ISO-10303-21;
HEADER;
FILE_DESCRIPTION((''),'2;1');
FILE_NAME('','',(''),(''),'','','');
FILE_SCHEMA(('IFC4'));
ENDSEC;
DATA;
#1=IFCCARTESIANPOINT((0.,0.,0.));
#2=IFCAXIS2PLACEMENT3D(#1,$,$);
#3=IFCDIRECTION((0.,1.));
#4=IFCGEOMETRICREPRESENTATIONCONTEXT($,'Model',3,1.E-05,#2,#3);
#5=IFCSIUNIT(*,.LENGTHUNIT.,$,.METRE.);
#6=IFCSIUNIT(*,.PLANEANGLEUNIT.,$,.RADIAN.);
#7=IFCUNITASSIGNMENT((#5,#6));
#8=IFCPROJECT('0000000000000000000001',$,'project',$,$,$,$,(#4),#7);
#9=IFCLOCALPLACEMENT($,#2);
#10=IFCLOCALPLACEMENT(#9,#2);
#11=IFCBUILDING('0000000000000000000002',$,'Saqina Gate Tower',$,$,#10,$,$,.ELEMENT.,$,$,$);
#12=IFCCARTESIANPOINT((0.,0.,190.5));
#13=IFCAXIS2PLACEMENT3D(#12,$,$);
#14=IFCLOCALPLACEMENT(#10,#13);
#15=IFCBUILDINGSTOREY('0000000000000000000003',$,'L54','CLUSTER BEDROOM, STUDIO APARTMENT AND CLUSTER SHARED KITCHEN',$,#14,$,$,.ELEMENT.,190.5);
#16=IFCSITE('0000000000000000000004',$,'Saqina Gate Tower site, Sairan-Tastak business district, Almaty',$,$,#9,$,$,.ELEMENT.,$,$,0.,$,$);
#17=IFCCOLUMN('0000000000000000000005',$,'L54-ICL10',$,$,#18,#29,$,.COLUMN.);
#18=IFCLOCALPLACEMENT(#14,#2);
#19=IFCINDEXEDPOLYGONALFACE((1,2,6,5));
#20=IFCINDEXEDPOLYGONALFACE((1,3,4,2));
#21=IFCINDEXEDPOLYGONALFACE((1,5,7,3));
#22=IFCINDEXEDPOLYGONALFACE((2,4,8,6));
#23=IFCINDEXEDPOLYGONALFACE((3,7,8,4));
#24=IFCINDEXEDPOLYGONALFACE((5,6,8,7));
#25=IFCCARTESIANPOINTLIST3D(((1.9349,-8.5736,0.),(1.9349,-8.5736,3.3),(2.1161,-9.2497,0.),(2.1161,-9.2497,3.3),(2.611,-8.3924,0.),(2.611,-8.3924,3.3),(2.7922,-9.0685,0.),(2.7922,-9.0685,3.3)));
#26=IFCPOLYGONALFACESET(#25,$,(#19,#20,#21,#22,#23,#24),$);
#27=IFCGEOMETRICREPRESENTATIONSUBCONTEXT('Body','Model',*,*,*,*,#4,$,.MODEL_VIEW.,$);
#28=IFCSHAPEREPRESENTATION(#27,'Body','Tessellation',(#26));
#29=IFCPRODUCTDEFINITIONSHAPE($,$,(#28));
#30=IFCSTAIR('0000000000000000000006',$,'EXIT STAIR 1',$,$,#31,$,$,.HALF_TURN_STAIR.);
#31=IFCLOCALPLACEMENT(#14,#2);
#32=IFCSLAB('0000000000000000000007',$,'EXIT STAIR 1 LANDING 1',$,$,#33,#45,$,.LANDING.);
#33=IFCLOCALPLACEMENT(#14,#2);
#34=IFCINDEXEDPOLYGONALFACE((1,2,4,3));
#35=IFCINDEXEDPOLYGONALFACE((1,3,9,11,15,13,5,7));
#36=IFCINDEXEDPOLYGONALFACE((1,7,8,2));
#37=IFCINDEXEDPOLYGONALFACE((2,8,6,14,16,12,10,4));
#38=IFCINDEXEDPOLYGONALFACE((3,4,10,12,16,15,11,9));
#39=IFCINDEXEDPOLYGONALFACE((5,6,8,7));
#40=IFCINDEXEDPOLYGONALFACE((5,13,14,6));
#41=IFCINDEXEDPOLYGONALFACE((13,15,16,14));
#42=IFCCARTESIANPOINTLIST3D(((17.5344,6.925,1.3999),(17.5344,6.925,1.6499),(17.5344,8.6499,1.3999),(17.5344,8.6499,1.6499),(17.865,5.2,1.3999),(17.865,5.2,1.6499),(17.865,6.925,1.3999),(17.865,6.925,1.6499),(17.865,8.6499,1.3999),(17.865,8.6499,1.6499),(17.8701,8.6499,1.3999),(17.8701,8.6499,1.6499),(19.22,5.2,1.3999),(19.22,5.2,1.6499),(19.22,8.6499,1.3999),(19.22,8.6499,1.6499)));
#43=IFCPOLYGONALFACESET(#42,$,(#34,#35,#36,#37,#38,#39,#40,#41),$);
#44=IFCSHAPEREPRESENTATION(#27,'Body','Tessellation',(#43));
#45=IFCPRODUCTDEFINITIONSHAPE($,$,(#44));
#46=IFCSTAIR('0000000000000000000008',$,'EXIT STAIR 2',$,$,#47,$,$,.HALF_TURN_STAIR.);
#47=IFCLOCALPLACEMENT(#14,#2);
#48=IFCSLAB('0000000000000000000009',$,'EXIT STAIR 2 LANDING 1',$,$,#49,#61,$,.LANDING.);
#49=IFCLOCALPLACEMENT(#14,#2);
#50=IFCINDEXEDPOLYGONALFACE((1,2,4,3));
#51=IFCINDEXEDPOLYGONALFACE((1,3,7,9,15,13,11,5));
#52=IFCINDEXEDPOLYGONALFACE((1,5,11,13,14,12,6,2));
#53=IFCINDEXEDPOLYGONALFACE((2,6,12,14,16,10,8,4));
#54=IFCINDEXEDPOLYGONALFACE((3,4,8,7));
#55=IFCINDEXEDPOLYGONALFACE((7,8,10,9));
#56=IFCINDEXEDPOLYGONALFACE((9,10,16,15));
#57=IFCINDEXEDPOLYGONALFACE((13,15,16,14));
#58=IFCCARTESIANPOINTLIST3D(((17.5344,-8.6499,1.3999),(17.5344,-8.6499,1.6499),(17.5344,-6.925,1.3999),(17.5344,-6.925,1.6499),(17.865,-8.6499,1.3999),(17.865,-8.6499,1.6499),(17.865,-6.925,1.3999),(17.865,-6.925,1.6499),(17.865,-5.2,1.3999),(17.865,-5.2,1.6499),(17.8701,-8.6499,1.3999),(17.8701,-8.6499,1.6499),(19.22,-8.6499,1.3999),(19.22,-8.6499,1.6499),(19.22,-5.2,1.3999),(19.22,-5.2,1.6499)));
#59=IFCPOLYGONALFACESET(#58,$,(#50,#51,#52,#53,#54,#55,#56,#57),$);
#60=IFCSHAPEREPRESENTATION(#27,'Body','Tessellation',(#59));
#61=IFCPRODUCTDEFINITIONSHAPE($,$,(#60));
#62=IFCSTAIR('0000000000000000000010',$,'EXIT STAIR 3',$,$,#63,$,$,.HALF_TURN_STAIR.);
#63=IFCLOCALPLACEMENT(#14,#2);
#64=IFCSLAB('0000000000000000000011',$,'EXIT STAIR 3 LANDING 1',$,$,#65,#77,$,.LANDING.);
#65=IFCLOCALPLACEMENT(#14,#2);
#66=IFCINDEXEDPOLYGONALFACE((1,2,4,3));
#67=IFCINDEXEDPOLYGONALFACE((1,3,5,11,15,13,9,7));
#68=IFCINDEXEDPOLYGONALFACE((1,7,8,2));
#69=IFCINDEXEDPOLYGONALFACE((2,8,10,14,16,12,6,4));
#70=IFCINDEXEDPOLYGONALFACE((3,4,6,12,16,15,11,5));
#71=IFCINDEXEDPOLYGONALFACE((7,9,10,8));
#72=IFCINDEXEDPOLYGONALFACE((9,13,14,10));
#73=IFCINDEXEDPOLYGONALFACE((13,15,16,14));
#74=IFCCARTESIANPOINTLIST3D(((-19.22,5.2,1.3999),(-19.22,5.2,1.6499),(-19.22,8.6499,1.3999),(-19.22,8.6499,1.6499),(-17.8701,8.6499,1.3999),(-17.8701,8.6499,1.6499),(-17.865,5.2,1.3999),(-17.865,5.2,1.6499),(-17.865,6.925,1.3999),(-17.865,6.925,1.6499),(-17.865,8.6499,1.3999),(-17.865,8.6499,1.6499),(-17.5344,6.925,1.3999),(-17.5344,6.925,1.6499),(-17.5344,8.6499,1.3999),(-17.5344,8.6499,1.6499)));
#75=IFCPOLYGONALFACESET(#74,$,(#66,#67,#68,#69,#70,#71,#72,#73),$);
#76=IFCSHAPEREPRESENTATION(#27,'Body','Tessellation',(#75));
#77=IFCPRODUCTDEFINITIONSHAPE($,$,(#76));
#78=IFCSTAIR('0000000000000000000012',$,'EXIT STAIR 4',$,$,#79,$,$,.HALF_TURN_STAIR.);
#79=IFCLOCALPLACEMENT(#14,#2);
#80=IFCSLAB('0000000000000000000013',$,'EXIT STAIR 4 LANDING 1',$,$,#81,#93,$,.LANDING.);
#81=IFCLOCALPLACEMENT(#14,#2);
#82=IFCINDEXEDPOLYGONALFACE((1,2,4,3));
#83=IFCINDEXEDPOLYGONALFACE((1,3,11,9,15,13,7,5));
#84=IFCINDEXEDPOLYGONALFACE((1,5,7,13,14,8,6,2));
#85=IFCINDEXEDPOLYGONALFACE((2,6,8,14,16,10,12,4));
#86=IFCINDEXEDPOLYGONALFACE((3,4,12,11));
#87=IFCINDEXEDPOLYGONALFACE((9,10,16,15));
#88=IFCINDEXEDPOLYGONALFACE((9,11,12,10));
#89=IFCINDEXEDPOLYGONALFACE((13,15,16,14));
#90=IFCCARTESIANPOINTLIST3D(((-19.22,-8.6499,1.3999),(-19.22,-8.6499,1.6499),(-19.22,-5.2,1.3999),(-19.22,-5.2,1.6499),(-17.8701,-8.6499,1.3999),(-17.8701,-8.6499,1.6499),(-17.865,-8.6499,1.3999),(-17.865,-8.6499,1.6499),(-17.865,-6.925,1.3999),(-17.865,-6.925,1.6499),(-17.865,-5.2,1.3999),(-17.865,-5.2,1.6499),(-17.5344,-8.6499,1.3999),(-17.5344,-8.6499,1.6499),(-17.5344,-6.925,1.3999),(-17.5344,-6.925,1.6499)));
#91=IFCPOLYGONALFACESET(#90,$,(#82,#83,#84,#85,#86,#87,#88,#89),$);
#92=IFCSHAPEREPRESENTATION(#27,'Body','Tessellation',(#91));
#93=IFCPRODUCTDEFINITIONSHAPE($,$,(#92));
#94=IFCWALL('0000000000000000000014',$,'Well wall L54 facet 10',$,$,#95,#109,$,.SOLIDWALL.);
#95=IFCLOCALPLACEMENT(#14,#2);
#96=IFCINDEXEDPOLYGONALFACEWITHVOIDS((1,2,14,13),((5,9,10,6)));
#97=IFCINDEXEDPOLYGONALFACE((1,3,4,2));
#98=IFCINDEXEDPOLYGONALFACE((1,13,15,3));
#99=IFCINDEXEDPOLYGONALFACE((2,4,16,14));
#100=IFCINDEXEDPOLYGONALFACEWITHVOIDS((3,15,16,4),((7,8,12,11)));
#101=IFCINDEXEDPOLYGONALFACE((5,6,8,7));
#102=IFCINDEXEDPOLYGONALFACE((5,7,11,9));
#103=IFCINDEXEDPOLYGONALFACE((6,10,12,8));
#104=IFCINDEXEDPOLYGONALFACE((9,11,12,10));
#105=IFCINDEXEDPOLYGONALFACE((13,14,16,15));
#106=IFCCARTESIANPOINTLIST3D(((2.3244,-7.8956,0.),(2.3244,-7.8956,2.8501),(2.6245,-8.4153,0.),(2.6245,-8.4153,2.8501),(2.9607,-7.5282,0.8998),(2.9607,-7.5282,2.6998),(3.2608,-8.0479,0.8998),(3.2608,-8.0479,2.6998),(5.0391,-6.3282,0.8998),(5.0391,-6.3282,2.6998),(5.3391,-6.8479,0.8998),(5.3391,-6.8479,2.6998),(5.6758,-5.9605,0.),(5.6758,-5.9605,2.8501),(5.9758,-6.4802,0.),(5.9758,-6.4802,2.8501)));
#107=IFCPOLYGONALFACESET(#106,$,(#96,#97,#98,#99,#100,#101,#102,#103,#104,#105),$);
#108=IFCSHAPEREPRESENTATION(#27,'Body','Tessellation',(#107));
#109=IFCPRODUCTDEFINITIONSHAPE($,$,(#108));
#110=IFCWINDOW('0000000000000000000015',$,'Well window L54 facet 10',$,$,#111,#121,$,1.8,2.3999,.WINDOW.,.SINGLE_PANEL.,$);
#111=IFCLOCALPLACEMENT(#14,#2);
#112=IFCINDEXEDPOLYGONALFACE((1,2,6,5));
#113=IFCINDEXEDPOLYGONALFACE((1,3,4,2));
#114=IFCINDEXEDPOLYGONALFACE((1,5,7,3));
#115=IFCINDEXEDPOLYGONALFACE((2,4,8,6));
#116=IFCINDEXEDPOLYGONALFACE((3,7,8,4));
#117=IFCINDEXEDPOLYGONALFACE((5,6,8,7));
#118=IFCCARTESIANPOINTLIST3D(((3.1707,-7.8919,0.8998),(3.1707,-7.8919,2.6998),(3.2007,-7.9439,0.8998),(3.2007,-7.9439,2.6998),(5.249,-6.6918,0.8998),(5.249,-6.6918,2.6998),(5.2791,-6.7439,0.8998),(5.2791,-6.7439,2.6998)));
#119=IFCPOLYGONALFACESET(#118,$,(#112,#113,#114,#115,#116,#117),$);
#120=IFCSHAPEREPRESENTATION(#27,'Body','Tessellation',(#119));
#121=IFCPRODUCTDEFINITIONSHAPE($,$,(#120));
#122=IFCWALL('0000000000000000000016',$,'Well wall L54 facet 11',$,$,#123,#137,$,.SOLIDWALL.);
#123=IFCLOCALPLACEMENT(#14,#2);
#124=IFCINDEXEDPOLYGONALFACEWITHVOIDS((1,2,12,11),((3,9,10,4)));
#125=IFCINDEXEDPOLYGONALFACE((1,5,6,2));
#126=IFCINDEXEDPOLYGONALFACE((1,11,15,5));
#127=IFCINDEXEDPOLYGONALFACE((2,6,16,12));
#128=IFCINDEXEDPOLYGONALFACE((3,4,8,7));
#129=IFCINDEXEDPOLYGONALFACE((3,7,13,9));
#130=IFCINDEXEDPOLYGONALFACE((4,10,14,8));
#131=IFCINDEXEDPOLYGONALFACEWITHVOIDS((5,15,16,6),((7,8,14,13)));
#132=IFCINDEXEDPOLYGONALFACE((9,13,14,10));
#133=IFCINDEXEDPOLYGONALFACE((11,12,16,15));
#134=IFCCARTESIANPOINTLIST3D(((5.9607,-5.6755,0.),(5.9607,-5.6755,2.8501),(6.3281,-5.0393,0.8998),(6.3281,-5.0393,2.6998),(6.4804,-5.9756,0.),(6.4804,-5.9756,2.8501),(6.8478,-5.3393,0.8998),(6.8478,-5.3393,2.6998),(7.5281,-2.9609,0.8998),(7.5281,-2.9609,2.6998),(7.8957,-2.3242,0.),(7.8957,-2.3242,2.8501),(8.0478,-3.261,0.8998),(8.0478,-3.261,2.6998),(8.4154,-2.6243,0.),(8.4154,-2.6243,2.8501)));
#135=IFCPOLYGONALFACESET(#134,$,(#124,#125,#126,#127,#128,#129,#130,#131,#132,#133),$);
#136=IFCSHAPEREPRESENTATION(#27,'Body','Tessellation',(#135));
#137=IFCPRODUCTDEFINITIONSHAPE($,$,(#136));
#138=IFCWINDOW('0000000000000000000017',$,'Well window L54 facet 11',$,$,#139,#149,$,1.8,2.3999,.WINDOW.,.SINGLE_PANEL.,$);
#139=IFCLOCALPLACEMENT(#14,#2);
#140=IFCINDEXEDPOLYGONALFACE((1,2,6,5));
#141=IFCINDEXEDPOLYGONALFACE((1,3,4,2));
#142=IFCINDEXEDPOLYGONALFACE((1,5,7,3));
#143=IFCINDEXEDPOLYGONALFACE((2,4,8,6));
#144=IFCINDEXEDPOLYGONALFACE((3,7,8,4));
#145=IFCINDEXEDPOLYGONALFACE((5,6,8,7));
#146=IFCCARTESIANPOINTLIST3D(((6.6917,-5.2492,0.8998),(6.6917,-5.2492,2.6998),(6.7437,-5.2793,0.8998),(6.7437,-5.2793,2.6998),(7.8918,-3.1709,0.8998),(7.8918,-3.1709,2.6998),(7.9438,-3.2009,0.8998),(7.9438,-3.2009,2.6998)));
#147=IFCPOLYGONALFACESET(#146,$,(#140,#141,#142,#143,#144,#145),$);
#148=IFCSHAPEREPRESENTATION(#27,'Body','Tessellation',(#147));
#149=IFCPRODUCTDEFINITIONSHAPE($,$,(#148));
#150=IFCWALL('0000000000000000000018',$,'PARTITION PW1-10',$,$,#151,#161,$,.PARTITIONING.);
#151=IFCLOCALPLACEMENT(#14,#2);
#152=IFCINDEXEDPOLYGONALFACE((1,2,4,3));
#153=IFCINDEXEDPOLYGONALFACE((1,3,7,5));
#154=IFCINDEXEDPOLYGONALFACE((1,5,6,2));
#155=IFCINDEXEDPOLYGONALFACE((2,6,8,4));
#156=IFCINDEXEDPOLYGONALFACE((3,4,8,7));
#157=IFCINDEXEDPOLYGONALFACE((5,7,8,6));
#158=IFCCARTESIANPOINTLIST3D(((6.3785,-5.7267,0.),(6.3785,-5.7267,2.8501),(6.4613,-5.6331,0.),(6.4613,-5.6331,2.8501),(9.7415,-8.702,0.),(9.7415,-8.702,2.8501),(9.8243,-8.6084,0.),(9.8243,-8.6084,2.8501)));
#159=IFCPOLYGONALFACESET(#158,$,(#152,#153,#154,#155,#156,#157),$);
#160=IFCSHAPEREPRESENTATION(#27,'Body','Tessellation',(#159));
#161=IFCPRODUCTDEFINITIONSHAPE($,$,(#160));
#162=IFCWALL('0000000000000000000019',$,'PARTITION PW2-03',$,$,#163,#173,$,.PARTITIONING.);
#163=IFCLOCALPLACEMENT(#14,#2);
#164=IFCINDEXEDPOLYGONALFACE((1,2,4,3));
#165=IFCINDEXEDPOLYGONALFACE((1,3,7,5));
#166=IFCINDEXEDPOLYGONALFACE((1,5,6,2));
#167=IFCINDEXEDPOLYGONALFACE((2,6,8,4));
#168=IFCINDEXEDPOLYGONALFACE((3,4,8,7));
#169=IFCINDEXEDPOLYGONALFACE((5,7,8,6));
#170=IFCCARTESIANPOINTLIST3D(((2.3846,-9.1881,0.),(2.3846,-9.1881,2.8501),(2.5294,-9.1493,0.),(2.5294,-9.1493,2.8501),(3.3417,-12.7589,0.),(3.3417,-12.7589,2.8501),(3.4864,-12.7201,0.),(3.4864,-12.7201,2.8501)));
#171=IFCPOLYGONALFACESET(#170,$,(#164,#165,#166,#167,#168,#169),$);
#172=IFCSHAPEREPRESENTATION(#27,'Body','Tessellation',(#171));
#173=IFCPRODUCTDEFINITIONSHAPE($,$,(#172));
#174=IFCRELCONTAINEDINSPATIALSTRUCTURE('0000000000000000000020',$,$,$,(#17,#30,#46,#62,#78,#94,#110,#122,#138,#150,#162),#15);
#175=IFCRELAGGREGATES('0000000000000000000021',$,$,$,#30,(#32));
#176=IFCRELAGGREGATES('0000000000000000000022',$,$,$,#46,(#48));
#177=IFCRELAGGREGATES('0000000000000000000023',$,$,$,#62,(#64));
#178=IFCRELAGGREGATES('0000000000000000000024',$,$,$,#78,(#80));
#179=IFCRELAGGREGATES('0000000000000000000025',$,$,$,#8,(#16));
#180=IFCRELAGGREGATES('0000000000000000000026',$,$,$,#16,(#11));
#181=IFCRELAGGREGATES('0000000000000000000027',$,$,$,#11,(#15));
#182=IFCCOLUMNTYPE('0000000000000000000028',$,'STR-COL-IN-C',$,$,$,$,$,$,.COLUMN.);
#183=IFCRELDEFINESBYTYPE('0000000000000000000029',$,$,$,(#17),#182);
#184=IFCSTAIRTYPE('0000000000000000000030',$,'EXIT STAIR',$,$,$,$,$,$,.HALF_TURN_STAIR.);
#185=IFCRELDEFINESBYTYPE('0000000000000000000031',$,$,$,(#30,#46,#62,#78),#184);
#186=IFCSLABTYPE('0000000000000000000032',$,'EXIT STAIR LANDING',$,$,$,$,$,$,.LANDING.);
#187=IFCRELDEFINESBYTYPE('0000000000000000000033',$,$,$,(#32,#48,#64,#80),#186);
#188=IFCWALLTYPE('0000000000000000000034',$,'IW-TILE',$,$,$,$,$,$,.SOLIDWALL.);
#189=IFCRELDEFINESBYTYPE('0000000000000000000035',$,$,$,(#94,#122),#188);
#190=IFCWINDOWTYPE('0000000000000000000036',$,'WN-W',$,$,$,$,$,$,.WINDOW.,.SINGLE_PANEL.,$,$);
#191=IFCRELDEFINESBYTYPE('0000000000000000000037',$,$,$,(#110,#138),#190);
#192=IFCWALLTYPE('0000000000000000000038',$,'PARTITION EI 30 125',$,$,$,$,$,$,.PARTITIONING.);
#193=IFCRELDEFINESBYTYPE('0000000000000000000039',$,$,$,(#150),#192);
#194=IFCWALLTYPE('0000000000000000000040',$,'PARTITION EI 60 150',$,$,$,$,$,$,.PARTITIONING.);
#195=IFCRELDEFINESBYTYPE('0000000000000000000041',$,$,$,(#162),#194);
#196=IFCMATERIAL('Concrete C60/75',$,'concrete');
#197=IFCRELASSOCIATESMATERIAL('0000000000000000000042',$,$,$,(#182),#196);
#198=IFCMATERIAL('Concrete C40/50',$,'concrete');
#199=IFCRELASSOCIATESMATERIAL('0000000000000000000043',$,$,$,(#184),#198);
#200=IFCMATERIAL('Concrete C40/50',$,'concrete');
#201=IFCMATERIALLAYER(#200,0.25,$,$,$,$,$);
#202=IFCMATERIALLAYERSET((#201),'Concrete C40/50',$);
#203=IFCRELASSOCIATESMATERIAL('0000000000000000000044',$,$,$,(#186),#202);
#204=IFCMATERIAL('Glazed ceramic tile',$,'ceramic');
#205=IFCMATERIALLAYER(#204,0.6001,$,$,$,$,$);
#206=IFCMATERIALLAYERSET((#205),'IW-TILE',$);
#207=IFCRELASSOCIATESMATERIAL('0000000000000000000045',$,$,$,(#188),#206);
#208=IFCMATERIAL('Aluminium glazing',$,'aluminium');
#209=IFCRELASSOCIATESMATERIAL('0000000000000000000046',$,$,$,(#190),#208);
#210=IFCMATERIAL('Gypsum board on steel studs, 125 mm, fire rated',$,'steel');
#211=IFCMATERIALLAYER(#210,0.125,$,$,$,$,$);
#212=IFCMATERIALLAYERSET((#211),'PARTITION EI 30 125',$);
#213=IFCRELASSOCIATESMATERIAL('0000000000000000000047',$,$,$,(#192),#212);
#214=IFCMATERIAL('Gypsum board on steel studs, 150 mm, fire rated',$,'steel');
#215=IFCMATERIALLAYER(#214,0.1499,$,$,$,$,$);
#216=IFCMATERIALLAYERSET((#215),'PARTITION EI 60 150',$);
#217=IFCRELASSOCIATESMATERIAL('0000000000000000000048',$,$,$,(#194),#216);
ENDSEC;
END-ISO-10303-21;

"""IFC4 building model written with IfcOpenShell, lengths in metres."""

from ifc_helpers import new_model, si_unit, direction, frame, frame_2d, origin, origin_2d, place, context, subcontext, project, spatial, polyline, rectangle, outline, extrude, material, layer, layer_set, material_profile, profile_set, type_object, element, fill, aggregate, save


model = new_model("IFC4")

# Units and contexts
model_context = context("Model", 3, precision=1e-05, world=origin(), true_north=direction((0.0, 1.0)))
body_context = subcontext(model_context, "Body", "Model", "MODEL_VIEW")
ifc_project = project(units=[si_unit("LENGTHUNIT", "METRE"), si_unit("PLANEANGLEUNIT", "RADIAN")], contexts=[model_context])

# Site, building, storey
site_placement = place(None, origin())
site = spatial("IfcSite", under=ifc_project, at=site_placement, Name="Saqina Gate Tower site, Sairan-Tastak business district, Almaty", CompositionType="ELEMENT", RefElevation=0.0)
building_placement = place(site_placement, origin())
building = spatial("IfcBuilding", under=site, at=building_placement, Name="Saqina Gate Tower", CompositionType="ELEMENT")
storey_placement = place(building_placement, frame((0.0, 0.0, 190.5)))
storey = spatial("IfcBuildingStorey", under=building, at=storey_placement, Name="L54", Description="CLUSTER BEDROOM, STUDIO APARTMENT AND CLUSTER SHARED KITCHEN", CompositionType="ELEMENT", Elevation=190.5)

# Column
ifc_material_1 = material(Name="Concrete C60/75", Category="concrete")
ifc_material_profile = material_profile(ifc_material_1, rectangle(XDim=0.7, YDim=0.7, at=origin_2d()), Name="RC 700x700")
ifc_profile_set = profile_set([ifc_material_profile], Name="Concrete C60/75")
column_type = type_object("IfcColumnType", Name="STR-COL-IN-C", PredefinedType="COLUMN", material=ifc_profile_set)
column_placement = place(storey_placement, frame((2.3635, -8.821, 0.0), z_axis=(0.0, 0.0, 1.0), x_axis=(0.258819, -0.965926, 0.0)))
element("IfcColumn", 1, at=column_placement, inside=storey, type_object=column_type, Name="L54-ICL10", PredefinedType="COLUMN", context=body_context, shape_type="SweptSolid", body=[
    extrude(rectangle(XDim=0.7, YDim=0.7, at=origin_2d()), origin(), (0.0, 0.0, 1.0), 3.3),
])

# Stairs, slabs
ifc_material_2 = material(Name="Concrete C40/50", Category="concrete")
stair_type = type_object("IfcStairType", Name="EXIT STAIR", PredefinedType="HALF_TURN_STAIR", material=ifc_material_2)
stair_1_placement = place(storey_placement, origin())
stair_1 = element("IfcStair", 2, at=stair_1_placement, inside=storey, type_object=stair_type, Name="EXIT STAIR 1", PredefinedType="HALF_TURN_STAIR")
ifc_material_3 = material(Name="Concrete C40/50", Category="concrete")
ifc_layer_1 = layer(ifc_material_3, 0.25)
ifc_layer_set_1 = layer_set([ifc_layer_1], Name="Concrete C40/50")
slab_type = type_object("IfcSlabType", Name="EXIT STAIR LANDING", PredefinedType="LANDING", material=ifc_layer_set_1)
slab_1_placement = place(storey_placement, frame((0.0, 0.0, 1.3999)))
slab_1 = element("IfcSlab", 3, at=slab_1_placement, type_object=slab_type, Name="EXIT STAIR 1 LANDING 1", PredefinedType="LANDING", context=body_context, shape_type="SweptSolid", body=[
    extrude(outline(polyline([(19.22, 8.6499), (19.22, 5.2), (17.865, 5.2), (17.865, 6.925), (17.5344, 6.925), (17.5344, 8.6499), (17.865, 8.6499), (17.8701, 8.6499), (19.22, 8.6499)])), origin(), (0.0, 0.0, 1.0), 0.25),
])
aggregate(stair_1, [slab_1])
stair_2_placement = place(storey_placement, origin())
stair_2 = element("IfcStair", 4, at=stair_2_placement, inside=storey, type_object=stair_type, Name="EXIT STAIR 2", PredefinedType="HALF_TURN_STAIR")
slab_2_placement = place(storey_placement, frame((0.0, 0.0, 1.3999)))
slab_2 = element("IfcSlab", 5, at=slab_2_placement, type_object=slab_type, Name="EXIT STAIR 2 LANDING 1", PredefinedType="LANDING", context=body_context, shape_type="SweptSolid", body=[
    extrude(outline(polyline([(17.5344, -8.6499), (17.5344, -6.925), (17.865, -6.925), (17.865, -5.2), (19.22, -5.2), (19.22, -8.6499), (17.8701, -8.6499), (17.865, -8.6499), (17.5344, -8.6499)])), origin(), (0.0, 0.0, 1.0), 0.25),
])
aggregate(stair_2, [slab_2])
stair_3_placement = place(storey_placement, origin())
stair_3 = element("IfcStair", 6, at=stair_3_placement, inside=storey, type_object=stair_type, Name="EXIT STAIR 3", PredefinedType="HALF_TURN_STAIR")
slab_3_placement = place(storey_placement, frame((0.0, 0.0, 1.3999)))
slab_3 = element("IfcSlab", 7, at=slab_3_placement, type_object=slab_type, Name="EXIT STAIR 3 LANDING 1", PredefinedType="LANDING", context=body_context, shape_type="SweptSolid", body=[
    extrude(outline(polyline([(-17.865, 5.2), (-19.22, 5.2), (-19.22, 8.6499), (-17.8701, 8.6499), (-17.865, 8.6499), (-17.5344, 8.6499), (-17.5344, 6.925), (-17.865, 6.925), (-17.865, 5.2)])), origin(), (0.0, 0.0, 1.0), 0.25),
])
aggregate(stair_3, [slab_3])
stair_4_placement = place(storey_placement, origin())
stair_4 = element("IfcStair", 8, at=stair_4_placement, inside=storey, type_object=stair_type, Name="EXIT STAIR 4", PredefinedType="HALF_TURN_STAIR")
slab_4_placement = place(storey_placement, frame((0.0, 0.0, 1.3999)))
slab_4 = element("IfcSlab", 9, at=slab_4_placement, type_object=slab_type, Name="EXIT STAIR 4 LANDING 1", PredefinedType="LANDING", context=body_context, shape_type="SweptSolid", body=[
    extrude(outline(polyline([(-17.5344, -6.925), (-17.5344, -8.6499), (-17.865, -8.6499), (-17.8701, -8.6499), (-19.22, -8.6499), (-19.22, -5.2), (-17.865, -5.2), (-17.865, -6.925), (-17.5344, -6.925)])), origin(), (0.0, 0.0, 1.0), 0.25),
])
aggregate(stair_4, [slab_4])

# Walls, openings, windows
ifc_material_4 = material(Name="Glazed ceramic tile", Category="ceramic")
ifc_layer_2 = layer(ifc_material_4, 0.6001)
ifc_layer_set_2 = layer_set([ifc_layer_2], Name="IW-TILE")
wall_type_1 = type_object("IfcWallType", Name="IW-TILE", PredefinedType="SOLIDWALL", material=ifc_layer_set_2)
wall_1_placement = place(storey_placement, frame((2.4744, -8.1555, 0.0), z_axis=(0.0, 0.0, 1.0), x_axis=(0.866006, 0.500034, 0.0)))
wall_1 = element("IfcWall", 10, at=wall_1_placement, inside=storey, type_object=wall_type_1, Name="Well wall L54 facet 10", PredefinedType="SOLIDWALL", context=body_context, shape_type="SweptSolid", body=[
    extrude(rectangle(XDim=3.8699, YDim=0.6001, at=frame_2d((1.9351, 0.0))), origin(), (0.0, 0.0, 1.0), 2.8501),
])
opening_1_placement = place(wall_1_placement, frame((0.7349, 0.0, 0.8999)))
opening_1 = element("IfcOpeningElement", 11, at=opening_1_placement, cuts=wall_1, PredefinedType="OPENING", context=body_context, shape_type="SweptSolid", body=[
    extrude(rectangle(XDim=2.3999, YDim=1.8, at=frame_2d((1.2, 0.8999))), frame((0.0, 0.312, 0.0), z_axis=(0.0, -1.0, 0.0), x_axis=(1.0, 0.0, 0.0)), (0.0, 0.0, 1.0), 0.624),
])
ifc_material_5 = material(Name="Aluminium glazing", Category="aluminium")
window_type = type_object("IfcWindowType", Name="WN-W", PartitioningType="SINGLE_PANEL", PredefinedType="WINDOW", material=ifc_material_5)
window_1_placement = place(opening_1_placement, origin())
window_1 = element("IfcWindow", 12, at=window_1_placement, inside=storey, type_object=window_type, Name="Well window L54 facet 10", OverallHeight=1.8, OverallWidth=2.3999, PartitioningType="SINGLE_PANEL", PredefinedType="WINDOW", context=body_context, shape_type="SweptSolid", body=[
    extrude(rectangle(XDim=2.3999, YDim=1.8, at=frame_2d((1.2, 0.8999))), frame((0.0, -0.1199, 0.0), z_axis=(0.0, -1.0, 0.0), x_axis=(1.0, 0.0, 0.0)), (0.0, 0.0, 1.0), 0.0601),
])
fill(opening_1, window_1)
wall_2_placement = place(storey_placement, frame((6.2205, -5.8257, 0.0), z_axis=(0.0, 0.0, 1.0), x_axis=(0.500034, 0.866006, 0.0)))
wall_2 = element("IfcWall", 13, at=wall_2_placement, inside=storey, type_object=wall_type_1, Name="Well wall L54 facet 11", PredefinedType="SOLIDWALL", context=body_context, shape_type="SweptSolid", body=[
    extrude(rectangle(XDim=3.8699, YDim=0.6001, at=frame_2d((1.9351, 0.0))), origin(), (0.0, 0.0, 1.0), 2.8501),
])
opening_2_placement = place(wall_2_placement, frame((0.7349, 0.0, 0.8999)))
opening_2 = element("IfcOpeningElement", 14, at=opening_2_placement, cuts=wall_2, PredefinedType="OPENING", context=body_context, shape_type="SweptSolid", body=[
    extrude(rectangle(XDim=2.3999, YDim=1.8, at=frame_2d((1.2, 0.8999))), frame((0.0, 0.312, 0.0), z_axis=(0.0, -1.0, 0.0), x_axis=(1.0, 0.0, 0.0)), (0.0, 0.0, 1.0), 0.624),
])
window_2_placement = place(opening_2_placement, origin())
window_2 = element("IfcWindow", 15, at=window_2_placement, inside=storey, type_object=window_type, Name="Well window L54 facet 11", OverallHeight=1.8, OverallWidth=2.3999, PartitioningType="SINGLE_PANEL", PredefinedType="WINDOW", context=body_context, shape_type="SweptSolid", body=[
    extrude(rectangle(XDim=2.3999, YDim=1.8, at=frame_2d((1.2, 0.8999))), frame((0.0, -0.1199, 0.0), z_axis=(0.0, -1.0, 0.0), x_axis=(1.0, 0.0, 0.0)), (0.0, 0.0, 1.0), 0.0601),
])
fill(opening_2, window_2)

# Walls
ifc_material_6 = material(Name="Gypsum board on steel studs, 125 mm, fire rated", Category="steel")
ifc_layer_3 = layer(ifc_material_6, 0.125)
ifc_layer_set_3 = layer_set([ifc_layer_3], Name="PARTITION EI 30 125")
wall_type_2 = type_object("IfcWallType", Name="PARTITION EI 30 125", PredefinedType="PARTITIONING", material=ifc_layer_set_3)
wall_3_placement = place(storey_placement, frame((6.4199, -5.6799, 0.0), z_axis=(0.0, 0.0, 1.0), x_axis=(0.748958, -0.662617, 0.0)))
element("IfcWall", 16, at=wall_3_placement, inside=storey, type_object=wall_type_2, Name="PARTITION PW1-10", PredefinedType="PARTITIONING", context=body_context, shape_type="SweptSolid", body=[
    extrude(rectangle(XDim=4.4902, YDim=0.125, at=frame_2d((2.2451, 0.0))), origin(), (0.0, 0.0, 1.0), 2.8501),
])
ifc_material_7 = material(Name="Gypsum board on steel studs, 150 mm, fire rated", Category="steel")
ifc_layer_4 = layer(ifc_material_7, 0.1499)
ifc_layer_set_4 = layer_set([ifc_layer_4], Name="PARTITION EI 60 150")
wall_type_3 = type_object("IfcWallType", Name="PARTITION EI 60 150", PredefinedType="PARTITIONING", material=ifc_layer_set_4)
wall_4_placement = place(storey_placement, frame((2.457, -9.1687, 0.0), z_axis=(0.0, 0.0, 1.0), x_axis=(0.258879, -0.96591, 0.0)))
element("IfcWall", 17, at=wall_4_placement, inside=storey, type_object=wall_type_3, Name="PARTITION PW2-03", PredefinedType="PARTITIONING", context=body_context, shape_type="SweptSolid", body=[
    extrude(rectangle(XDim=3.6968, YDim=0.1499, at=frame_2d((1.8484, 0.0))), origin(), (0.0, 0.0, 1.0), 2.8501),
])

save(model, "model.ifc")
